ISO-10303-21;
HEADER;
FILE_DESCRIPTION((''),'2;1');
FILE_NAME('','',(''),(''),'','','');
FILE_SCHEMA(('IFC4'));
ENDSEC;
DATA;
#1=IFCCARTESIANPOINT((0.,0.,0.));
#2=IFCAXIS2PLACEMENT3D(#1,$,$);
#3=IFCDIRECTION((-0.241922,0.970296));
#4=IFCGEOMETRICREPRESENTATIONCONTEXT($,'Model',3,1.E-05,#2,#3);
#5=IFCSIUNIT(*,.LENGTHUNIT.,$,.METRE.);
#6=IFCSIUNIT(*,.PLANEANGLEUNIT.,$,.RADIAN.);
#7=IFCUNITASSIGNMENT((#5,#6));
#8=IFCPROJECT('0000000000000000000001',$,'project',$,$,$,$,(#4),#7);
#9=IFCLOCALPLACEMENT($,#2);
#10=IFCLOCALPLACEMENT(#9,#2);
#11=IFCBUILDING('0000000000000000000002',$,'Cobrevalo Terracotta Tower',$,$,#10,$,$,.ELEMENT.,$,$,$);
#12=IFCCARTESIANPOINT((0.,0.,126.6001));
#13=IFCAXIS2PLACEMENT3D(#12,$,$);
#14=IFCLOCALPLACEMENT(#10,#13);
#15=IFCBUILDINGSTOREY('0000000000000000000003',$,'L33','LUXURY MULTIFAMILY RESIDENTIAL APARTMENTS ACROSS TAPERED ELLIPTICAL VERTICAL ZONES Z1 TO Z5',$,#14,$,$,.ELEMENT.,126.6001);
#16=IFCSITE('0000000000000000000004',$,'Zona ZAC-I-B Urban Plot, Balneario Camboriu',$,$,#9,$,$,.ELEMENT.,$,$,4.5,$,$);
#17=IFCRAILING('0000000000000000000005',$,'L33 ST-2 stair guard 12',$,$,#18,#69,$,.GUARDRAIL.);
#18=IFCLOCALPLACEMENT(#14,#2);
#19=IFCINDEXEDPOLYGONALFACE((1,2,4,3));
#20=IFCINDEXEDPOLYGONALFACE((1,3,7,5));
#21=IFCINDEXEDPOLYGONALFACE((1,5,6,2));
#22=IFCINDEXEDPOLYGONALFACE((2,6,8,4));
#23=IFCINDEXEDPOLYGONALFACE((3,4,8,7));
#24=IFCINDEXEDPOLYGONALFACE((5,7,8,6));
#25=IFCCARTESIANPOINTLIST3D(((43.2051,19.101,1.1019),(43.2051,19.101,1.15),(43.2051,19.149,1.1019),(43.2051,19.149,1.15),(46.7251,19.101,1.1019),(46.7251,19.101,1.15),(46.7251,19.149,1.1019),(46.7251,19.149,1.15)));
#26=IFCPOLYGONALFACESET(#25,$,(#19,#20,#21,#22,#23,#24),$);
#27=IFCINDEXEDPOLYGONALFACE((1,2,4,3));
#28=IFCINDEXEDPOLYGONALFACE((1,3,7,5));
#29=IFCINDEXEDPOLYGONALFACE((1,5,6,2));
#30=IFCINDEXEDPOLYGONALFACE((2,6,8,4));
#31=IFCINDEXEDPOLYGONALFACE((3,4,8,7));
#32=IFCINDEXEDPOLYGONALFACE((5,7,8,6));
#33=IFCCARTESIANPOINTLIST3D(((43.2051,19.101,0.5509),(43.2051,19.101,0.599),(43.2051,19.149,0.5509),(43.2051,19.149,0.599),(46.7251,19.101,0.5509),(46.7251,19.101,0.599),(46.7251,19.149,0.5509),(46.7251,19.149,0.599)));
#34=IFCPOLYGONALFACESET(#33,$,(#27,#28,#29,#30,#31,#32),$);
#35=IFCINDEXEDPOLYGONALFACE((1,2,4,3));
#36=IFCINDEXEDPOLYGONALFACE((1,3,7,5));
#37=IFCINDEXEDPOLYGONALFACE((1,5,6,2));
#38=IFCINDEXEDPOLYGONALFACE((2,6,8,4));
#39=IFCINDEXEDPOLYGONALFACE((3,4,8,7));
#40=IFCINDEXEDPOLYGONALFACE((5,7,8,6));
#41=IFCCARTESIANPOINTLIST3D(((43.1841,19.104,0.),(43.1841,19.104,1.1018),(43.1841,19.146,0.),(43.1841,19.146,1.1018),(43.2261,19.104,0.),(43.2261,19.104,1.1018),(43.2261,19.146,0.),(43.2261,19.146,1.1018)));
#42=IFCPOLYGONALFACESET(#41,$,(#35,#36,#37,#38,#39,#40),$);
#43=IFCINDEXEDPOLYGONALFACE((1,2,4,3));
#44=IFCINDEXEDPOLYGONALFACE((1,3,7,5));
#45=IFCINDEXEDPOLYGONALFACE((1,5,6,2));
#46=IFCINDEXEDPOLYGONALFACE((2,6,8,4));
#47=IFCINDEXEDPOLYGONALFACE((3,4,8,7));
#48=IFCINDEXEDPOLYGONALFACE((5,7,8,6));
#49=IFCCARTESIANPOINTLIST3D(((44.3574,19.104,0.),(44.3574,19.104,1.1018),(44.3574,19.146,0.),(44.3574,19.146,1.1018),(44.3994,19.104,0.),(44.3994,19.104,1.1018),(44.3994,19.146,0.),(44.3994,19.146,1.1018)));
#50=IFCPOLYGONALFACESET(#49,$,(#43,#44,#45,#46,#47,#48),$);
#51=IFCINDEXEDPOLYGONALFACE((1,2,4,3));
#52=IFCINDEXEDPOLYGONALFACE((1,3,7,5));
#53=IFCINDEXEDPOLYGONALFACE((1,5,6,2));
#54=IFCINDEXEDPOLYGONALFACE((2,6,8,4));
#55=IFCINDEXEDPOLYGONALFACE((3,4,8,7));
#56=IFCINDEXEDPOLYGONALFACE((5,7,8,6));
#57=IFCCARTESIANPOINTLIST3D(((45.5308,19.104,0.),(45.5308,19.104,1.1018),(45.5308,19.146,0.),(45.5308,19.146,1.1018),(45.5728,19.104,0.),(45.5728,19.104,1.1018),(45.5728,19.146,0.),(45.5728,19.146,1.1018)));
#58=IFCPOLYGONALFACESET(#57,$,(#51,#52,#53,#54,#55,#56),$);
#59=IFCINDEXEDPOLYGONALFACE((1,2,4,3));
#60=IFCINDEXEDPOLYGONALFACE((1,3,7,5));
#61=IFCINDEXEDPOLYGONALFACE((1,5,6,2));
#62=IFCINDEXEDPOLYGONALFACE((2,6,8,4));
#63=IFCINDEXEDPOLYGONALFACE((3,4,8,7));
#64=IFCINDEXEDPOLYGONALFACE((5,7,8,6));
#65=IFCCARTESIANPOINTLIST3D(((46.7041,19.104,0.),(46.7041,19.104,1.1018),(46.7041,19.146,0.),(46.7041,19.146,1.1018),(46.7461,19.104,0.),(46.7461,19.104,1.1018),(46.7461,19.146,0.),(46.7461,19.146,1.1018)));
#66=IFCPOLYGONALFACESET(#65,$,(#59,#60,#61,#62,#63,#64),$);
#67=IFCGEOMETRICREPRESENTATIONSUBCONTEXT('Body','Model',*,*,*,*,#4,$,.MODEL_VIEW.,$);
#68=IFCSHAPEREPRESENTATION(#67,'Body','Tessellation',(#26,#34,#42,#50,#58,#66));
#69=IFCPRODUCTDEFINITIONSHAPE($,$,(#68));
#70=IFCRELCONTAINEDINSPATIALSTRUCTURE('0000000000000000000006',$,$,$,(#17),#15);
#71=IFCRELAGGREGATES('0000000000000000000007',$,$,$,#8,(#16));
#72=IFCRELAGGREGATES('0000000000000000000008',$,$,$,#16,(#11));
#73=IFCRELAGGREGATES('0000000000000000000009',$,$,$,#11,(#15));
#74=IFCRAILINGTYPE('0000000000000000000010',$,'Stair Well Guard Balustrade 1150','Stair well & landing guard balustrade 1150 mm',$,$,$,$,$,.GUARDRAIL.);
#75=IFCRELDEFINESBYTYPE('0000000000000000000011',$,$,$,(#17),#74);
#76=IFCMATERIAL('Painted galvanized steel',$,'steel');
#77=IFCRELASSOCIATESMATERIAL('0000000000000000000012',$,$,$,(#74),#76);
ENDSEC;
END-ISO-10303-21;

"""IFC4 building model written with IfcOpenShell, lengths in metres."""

from ifc_helpers import new_model, si_unit, direction, frame, origin, origin_2d, place, context, subcontext, project, spatial, rectangle, extrude, material, type_object, element, save


model = new_model("IFC4")

# Units and contexts
model_context = context("Model", 3, precision=1e-05, world=origin(), true_north=direction((-0.241922, 0.970296)))
body_context = subcontext(model_context, "Body", "Model", "MODEL_VIEW")
ifc_project = project(units=[si_unit("LENGTHUNIT", "METRE"), si_unit("PLANEANGLEUNIT", "RADIAN")], contexts=[model_context])

# Site, building, storey
site_placement = place(None, origin())
site = spatial("IfcSite", under=ifc_project, at=site_placement, Name="Zona ZAC-I-B Urban Plot, Balneario Camboriu", CompositionType="ELEMENT", RefElevation=4.5)
building_placement = place(site_placement, origin())
building = spatial("IfcBuilding", under=site, at=building_placement, Name="Cobrevalo Terracotta Tower", CompositionType="ELEMENT")
storey_placement = place(building_placement, frame((0.0, 0.0, 126.6001)))
storey = spatial("IfcBuildingStorey", under=building, at=storey_placement, Name="L33", Description="LUXURY MULTIFAMILY RESIDENTIAL APARTMENTS ACROSS TAPERED ELLIPTICAL VERTICAL ZONES Z1 TO Z5", CompositionType="ELEMENT", Elevation=126.6001)

# Railing
ifc_material_1 = material(Name="Painted galvanized steel", Category="steel")
railing_type_1 = type_object("IfcRailingType", Name="Stair Well Guard Balustrade 1150", Description="Stair well & landing guard balustrade 1150 mm", PredefinedType="GUARDRAIL", material=ifc_material_1)
railing_1_placement = place(storey_placement, frame((43.2051, 19.125, 0.0)))
element("IfcRailing", 1, at=railing_1_placement, inside=storey, type_object=railing_type_1, Name="L33 ST-2 stair guard 12", PredefinedType="GUARDRAIL", context=body_context, shape_type="SweptSolid", body=[
    extrude(rectangle(XDim=0.0481, YDim=0.0481, at=origin_2d()), frame((0.0, 0.0, 1.126), z_axis=(1.0, 0.0, 0.0), x_axis=(0.0, 1.0, 0.0)), (0.0, 0.0, 1.0), 3.52),
    extrude(rectangle(XDim=0.0481, YDim=0.0481, at=origin_2d()), frame((0.0, 0.0, 0.575), z_axis=(1.0, 0.0, 0.0), x_axis=(0.0, 1.0, 0.0)), (0.0, 0.0, 1.0), 3.52),
    extrude(rectangle(XDim=0.042, YDim=0.042, at=origin_2d()), origin(), (0.0, 0.0, 1.0), 1.1018),
    extrude(rectangle(XDim=0.042, YDim=0.042, at=origin_2d()), frame((1.1733, 0.0, 0.0)), (0.0, 0.0, 1.0), 1.1018),
    extrude(rectangle(XDim=0.042, YDim=0.042, at=origin_2d()), frame((2.3467, 0.0, 0.0)), (0.0, 0.0, 1.0), 1.1018),
    extrude(rectangle(XDim=0.042, YDim=0.042, at=origin_2d()), frame((3.52, 0.0, 0.0)), (0.0, 0.0, 1.0), 1.1018),
])

save(model, "model.ifc")
